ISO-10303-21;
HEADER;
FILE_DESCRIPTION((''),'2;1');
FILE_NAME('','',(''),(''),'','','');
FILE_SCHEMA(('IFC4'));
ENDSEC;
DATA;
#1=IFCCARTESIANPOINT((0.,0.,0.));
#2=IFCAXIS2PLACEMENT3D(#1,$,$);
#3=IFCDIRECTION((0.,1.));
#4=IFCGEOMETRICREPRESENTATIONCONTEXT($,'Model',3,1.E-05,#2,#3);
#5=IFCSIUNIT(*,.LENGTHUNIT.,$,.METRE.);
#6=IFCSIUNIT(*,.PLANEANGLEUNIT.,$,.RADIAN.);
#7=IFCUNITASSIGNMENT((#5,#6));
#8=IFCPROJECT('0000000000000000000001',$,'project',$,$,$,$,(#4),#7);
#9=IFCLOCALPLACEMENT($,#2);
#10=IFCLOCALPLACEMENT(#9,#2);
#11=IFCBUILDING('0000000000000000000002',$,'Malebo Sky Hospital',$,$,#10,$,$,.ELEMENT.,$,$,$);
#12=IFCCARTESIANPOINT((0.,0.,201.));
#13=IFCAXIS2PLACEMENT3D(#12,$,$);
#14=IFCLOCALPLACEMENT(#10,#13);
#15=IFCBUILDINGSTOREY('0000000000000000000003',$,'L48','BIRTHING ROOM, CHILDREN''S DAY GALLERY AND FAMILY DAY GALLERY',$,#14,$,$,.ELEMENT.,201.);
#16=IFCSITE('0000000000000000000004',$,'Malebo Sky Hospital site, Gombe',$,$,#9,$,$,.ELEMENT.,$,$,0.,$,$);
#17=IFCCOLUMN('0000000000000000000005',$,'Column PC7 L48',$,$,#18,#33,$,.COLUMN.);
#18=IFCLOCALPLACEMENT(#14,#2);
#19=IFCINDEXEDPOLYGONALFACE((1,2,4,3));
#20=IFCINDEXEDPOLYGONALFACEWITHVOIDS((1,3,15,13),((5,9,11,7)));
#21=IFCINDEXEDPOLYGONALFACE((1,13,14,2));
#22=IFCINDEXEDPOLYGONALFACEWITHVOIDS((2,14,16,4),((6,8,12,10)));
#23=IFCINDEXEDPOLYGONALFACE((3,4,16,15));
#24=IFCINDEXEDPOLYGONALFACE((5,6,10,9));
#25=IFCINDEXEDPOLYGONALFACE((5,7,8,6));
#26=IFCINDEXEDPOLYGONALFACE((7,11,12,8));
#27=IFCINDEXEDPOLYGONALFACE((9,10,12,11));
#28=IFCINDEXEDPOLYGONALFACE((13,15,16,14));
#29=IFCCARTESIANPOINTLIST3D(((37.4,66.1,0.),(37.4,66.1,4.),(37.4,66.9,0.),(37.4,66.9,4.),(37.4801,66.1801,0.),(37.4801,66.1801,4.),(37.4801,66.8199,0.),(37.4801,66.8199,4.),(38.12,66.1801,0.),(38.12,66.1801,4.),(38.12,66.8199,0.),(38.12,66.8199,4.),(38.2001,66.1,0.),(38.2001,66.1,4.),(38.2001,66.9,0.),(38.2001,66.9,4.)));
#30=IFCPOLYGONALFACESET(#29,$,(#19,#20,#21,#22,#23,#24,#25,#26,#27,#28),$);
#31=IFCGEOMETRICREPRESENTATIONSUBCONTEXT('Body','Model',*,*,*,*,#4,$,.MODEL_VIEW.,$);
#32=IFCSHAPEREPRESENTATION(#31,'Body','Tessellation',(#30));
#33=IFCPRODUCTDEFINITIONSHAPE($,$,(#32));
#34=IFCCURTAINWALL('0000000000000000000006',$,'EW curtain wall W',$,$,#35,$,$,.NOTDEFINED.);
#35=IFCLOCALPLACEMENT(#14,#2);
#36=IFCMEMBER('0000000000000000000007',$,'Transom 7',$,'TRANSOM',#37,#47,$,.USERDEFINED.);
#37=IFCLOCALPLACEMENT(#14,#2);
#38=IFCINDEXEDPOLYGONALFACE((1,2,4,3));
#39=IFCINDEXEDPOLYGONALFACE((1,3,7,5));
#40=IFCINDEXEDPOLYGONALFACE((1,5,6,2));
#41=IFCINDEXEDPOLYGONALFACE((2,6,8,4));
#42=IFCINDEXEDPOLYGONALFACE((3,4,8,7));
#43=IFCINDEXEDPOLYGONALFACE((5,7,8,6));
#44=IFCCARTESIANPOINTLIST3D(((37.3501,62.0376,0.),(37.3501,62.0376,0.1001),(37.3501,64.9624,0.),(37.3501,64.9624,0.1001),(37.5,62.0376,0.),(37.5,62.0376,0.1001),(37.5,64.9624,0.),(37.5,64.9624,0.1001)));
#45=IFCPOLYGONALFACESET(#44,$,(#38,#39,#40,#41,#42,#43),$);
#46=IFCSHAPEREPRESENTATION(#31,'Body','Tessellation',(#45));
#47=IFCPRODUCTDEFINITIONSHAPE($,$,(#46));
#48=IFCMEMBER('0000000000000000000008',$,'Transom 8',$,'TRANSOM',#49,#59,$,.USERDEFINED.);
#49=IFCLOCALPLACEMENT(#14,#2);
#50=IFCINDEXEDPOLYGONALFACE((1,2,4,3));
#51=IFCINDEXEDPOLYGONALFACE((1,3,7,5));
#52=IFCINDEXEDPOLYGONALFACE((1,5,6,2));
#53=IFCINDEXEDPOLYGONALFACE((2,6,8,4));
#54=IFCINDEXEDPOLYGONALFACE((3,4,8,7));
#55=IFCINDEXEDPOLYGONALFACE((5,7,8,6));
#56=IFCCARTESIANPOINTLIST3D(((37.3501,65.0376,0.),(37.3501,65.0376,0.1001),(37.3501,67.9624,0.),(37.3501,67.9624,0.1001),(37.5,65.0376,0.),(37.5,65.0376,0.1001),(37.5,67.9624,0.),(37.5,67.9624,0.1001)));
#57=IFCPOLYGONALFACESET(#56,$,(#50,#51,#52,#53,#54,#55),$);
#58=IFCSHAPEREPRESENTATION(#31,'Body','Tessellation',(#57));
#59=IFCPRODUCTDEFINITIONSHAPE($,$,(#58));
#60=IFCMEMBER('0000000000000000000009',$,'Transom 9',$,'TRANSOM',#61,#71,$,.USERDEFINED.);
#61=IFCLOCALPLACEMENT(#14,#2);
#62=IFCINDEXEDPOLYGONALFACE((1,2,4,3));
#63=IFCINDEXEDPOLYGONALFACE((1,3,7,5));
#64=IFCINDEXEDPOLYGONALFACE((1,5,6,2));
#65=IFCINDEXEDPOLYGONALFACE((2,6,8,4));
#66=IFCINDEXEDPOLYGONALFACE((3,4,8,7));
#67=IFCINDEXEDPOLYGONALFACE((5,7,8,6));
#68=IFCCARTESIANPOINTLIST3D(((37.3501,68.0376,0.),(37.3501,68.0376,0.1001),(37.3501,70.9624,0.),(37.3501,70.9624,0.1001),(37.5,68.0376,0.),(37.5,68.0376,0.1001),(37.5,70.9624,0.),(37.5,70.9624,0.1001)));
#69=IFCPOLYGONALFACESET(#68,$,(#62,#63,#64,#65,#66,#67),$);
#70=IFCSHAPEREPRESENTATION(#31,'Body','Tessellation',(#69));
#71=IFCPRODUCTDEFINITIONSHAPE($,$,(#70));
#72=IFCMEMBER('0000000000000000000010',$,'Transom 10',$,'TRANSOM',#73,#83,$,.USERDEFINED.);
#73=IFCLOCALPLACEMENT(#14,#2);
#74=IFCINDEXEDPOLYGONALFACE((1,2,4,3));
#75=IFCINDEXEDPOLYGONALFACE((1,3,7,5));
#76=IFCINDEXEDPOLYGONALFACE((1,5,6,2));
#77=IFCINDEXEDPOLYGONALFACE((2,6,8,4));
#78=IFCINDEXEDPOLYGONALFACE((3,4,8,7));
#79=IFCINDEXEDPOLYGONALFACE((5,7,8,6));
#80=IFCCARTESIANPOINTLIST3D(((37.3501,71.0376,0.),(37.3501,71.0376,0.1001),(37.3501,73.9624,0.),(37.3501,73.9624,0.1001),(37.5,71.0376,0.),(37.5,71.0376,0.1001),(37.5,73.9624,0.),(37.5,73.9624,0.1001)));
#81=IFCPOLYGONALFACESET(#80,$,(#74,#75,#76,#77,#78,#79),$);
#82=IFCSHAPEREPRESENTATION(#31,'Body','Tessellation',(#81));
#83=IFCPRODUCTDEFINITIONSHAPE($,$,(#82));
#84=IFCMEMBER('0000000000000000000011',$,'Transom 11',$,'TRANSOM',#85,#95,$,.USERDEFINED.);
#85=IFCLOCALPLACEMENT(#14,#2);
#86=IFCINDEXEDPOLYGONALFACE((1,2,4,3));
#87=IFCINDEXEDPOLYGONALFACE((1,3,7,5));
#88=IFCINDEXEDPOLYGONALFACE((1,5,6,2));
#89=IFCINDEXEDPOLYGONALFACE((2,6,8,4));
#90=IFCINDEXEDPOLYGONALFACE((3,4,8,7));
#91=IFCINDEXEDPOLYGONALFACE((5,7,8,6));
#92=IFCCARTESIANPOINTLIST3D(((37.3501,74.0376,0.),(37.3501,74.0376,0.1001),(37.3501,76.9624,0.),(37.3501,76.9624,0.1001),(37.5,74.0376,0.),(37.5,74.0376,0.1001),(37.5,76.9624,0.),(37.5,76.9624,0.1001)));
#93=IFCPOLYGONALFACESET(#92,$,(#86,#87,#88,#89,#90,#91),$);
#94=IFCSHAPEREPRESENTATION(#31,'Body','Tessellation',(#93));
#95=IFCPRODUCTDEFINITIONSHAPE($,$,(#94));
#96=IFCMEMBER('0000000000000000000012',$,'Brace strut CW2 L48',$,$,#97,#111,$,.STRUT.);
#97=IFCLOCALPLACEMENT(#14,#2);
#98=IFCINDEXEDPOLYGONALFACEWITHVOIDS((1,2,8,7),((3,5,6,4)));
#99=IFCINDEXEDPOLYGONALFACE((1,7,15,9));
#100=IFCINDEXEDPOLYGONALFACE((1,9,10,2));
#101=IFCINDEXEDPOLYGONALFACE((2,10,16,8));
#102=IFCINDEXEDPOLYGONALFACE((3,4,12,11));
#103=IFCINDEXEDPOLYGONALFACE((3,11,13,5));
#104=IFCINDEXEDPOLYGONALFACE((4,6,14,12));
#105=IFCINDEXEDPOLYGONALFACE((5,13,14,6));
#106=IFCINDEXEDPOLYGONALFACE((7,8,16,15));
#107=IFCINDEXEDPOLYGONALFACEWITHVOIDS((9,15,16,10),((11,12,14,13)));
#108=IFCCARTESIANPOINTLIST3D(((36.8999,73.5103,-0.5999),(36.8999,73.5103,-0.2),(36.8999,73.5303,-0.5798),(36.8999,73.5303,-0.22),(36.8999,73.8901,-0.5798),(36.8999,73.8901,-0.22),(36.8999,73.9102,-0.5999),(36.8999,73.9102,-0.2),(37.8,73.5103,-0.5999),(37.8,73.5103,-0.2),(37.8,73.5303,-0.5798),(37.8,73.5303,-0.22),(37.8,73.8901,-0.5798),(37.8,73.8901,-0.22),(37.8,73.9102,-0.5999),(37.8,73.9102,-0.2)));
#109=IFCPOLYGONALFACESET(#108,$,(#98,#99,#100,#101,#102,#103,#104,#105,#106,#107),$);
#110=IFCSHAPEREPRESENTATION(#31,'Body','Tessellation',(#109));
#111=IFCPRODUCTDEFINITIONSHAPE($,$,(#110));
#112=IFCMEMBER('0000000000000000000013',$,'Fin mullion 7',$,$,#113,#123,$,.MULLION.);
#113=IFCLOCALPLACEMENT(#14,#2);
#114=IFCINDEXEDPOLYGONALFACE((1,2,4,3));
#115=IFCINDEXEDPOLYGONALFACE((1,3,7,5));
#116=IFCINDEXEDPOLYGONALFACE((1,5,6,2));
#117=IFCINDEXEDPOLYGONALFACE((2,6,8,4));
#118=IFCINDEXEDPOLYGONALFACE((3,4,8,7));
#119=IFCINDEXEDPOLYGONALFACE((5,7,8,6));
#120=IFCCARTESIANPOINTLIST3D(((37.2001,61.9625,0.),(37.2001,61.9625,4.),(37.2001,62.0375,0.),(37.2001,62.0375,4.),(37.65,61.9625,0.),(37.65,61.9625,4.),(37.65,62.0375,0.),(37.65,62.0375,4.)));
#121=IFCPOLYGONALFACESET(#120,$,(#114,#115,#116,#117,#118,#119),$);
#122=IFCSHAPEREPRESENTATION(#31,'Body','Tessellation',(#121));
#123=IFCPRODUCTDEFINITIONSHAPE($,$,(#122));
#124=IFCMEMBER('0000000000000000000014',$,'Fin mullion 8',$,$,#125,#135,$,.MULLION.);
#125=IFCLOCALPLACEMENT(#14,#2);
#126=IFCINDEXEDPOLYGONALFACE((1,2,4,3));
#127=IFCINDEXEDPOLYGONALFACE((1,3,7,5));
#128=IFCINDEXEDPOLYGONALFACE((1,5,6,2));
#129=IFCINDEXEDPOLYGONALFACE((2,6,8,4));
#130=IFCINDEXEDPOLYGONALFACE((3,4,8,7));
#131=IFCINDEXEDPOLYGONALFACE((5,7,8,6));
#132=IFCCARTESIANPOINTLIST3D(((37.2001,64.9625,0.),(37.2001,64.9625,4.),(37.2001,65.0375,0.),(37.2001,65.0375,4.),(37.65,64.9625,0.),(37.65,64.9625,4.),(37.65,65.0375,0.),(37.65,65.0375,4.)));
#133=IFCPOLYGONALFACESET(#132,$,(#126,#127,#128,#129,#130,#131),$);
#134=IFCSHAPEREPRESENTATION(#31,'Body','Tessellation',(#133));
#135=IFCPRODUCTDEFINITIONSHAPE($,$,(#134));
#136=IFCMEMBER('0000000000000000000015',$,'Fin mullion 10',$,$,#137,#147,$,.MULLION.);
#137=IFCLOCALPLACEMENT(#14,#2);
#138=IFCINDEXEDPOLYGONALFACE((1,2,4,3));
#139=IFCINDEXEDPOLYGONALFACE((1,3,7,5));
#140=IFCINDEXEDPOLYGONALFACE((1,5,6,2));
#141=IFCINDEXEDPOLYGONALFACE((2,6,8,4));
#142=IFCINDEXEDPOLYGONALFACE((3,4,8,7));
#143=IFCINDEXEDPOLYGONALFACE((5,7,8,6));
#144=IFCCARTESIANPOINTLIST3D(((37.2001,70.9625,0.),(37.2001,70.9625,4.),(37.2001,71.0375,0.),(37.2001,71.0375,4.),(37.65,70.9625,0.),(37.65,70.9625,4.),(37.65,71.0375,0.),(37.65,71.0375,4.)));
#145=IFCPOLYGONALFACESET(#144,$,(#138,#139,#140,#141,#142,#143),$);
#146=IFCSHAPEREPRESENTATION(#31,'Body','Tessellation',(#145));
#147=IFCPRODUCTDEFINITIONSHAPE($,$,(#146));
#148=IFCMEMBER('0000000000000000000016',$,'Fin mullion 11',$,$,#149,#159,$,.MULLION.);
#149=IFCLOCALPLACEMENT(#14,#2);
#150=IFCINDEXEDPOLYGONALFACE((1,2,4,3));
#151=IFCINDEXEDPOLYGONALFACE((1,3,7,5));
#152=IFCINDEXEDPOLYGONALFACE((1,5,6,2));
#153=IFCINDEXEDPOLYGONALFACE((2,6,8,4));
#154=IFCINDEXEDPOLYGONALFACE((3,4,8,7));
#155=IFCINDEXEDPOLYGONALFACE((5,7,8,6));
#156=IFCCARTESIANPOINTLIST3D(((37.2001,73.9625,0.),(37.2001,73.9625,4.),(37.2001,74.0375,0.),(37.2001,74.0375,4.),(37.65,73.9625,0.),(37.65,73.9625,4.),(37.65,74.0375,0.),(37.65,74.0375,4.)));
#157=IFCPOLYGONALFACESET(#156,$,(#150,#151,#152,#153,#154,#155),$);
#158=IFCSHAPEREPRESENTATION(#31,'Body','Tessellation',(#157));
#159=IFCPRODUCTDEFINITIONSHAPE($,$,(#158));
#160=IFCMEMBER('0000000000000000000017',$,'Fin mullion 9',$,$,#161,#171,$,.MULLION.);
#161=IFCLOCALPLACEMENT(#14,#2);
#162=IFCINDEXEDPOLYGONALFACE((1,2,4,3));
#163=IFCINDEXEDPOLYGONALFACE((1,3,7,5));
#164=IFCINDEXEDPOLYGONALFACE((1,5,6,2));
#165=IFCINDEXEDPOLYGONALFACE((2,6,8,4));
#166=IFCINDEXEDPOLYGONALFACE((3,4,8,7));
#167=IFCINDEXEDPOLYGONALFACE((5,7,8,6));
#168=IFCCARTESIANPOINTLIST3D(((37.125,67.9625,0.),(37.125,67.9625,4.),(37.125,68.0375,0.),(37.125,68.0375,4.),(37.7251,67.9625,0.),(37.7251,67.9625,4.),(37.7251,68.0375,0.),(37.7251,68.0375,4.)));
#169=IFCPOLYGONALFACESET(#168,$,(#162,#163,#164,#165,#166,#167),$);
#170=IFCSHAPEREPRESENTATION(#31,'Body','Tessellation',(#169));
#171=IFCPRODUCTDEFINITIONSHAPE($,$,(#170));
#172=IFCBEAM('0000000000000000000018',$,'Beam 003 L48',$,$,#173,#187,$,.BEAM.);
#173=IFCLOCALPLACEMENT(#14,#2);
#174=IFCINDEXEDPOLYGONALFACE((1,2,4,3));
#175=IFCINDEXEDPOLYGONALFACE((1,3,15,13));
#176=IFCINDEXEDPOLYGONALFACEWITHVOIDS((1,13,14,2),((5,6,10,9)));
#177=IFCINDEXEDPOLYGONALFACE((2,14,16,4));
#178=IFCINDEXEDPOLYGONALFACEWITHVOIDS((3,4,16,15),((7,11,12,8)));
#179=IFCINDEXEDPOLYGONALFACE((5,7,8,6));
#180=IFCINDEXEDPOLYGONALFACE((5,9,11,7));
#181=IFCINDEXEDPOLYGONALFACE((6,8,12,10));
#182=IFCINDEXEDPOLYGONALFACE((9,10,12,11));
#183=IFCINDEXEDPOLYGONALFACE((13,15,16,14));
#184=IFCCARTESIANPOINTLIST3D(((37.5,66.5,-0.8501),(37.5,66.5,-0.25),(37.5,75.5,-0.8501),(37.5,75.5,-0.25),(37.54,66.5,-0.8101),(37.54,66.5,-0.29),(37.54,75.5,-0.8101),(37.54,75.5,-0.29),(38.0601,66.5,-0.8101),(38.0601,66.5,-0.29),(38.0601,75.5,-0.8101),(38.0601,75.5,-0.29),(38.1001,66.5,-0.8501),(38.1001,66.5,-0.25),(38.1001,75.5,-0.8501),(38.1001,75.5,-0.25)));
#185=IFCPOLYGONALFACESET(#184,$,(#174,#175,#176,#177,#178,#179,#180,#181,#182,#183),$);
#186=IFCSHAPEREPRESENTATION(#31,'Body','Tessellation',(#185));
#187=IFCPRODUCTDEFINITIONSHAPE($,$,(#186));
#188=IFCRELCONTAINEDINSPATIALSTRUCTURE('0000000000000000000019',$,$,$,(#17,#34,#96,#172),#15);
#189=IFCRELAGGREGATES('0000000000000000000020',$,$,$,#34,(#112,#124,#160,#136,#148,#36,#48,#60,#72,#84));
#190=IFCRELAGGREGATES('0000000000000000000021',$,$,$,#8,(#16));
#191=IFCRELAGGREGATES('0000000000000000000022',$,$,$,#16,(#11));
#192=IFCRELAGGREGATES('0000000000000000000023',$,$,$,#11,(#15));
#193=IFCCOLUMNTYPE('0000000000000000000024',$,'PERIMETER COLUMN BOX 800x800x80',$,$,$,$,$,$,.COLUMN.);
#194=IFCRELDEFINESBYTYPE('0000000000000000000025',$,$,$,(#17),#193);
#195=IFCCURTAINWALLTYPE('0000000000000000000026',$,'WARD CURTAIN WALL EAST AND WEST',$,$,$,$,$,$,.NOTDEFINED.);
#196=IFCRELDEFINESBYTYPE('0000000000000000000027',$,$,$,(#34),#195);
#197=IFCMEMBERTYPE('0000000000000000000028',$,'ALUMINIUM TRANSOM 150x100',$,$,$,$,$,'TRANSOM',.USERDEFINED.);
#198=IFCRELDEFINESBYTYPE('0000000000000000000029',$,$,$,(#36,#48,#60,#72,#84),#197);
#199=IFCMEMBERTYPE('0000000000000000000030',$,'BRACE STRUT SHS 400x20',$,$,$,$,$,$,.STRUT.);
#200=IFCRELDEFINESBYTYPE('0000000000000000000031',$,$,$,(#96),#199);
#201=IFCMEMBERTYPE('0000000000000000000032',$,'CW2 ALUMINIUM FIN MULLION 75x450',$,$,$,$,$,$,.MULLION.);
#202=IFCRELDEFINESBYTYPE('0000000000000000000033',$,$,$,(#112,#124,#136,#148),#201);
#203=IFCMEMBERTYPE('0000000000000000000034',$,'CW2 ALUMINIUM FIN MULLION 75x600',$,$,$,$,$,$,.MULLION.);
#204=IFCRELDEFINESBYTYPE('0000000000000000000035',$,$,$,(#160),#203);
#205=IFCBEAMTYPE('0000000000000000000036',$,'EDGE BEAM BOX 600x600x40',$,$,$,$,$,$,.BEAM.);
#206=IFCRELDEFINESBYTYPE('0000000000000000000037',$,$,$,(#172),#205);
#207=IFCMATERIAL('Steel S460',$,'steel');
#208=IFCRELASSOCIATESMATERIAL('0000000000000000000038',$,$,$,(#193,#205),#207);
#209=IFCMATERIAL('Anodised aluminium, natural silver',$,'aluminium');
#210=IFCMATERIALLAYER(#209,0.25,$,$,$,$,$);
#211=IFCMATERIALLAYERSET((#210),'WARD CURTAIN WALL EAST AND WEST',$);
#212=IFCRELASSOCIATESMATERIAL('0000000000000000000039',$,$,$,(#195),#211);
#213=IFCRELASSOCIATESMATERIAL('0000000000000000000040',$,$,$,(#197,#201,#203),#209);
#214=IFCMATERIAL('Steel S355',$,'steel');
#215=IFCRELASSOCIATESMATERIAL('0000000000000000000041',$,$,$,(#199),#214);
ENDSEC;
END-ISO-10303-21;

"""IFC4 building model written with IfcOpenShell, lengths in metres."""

from ifc_helpers import new_model, si_unit, direction, frame, origin, origin_2d, place, context, subcontext, project, spatial, rectangle, hollow_rectangle, extrude, material, layer, layer_set, material_profile, profile_set, type_object, element, aggregate, save


model = new_model("IFC4")

# Units and contexts
model_context = context("Model", 3, precision=1e-05, world=origin(), true_north=direction((0.0, 1.0)))
body_context = subcontext(model_context, "Body", "Model", "MODEL_VIEW")
ifc_project = project(units=[si_unit("LENGTHUNIT", "METRE"), si_unit("PLANEANGLEUNIT", "RADIAN")], contexts=[model_context])

# Site, building, storey
site_placement = place(None, origin())
site = spatial("IfcSite", under=ifc_project, at=site_placement, Name="Malebo Sky Hospital site, Gombe", CompositionType="ELEMENT", RefElevation=0.0)
building_placement = place(site_placement, origin())
building = spatial("IfcBuilding", under=site, at=building_placement, Name="Malebo Sky Hospital", CompositionType="ELEMENT")
storey_placement = place(building_placement, frame((0.0, 0.0, 201.0)))
storey = spatial("IfcBuildingStorey", under=building, at=storey_placement, Name="L48", Description="BIRTHING ROOM, CHILDREN'S DAY GALLERY AND FAMILY DAY GALLERY", CompositionType="ELEMENT", Elevation=201.0)

# Column
ifc_material_1 = material(Name="Steel S460", Category="steel")
ifc_material_profile_1 = material_profile(ifc_material_1, hollow_rectangle(XDim=0.8, YDim=0.8, WallThickness=0.0801, at=origin_2d()), Name="BOX 800x800x80")
ifc_profile_set_1 = profile_set([ifc_material_profile_1], Name="Steel S460")
column_type = type_object("IfcColumnType", Name="PERIMETER COLUMN BOX 800x800x80", PredefinedType="COLUMN", material=ifc_profile_set_1)
column_placement = place(storey_placement, frame((37.8, 66.5, 0.0), z_axis=(0.0, 0.0, 1.0), x_axis=(1.0, 0.0, 0.0)))
element("IfcColumn", 1, at=column_placement, inside=storey, type_object=column_type, Name="Column PC7 L48", PredefinedType="COLUMN", context=body_context, shape_type="SweptSolid", body=[
    extrude(hollow_rectangle(XDim=0.8, YDim=0.8, WallThickness=0.0801, at=origin_2d()), origin(), (0.0, 0.0, 1.0), 4.0),
])

# Curtain wall, members
ifc_material_2 = material(Name="Anodised aluminium, natural silver", Category="aluminium")
ifc_layer_1 = layer(ifc_material_2, 0.25)
ifc_layer_set_1 = layer_set([ifc_layer_1], Name="WARD CURTAIN WALL EAST AND WEST")
curtain_wall_type = type_object("IfcCurtainWallType", Name="WARD CURTAIN WALL EAST AND WEST", PredefinedType="NOTDEFINED", material=ifc_layer_set_1)
curtain_wall_placement = place(storey_placement, origin())
curtain_wall = element("IfcCurtainWall", 2, at=curtain_wall_placement, inside=storey, type_object=curtain_wall_type, Name="EW curtain wall W", PredefinedType="NOTDEFINED")
ifc_material_profile_2 = material_profile(ifc_material_2, rectangle(XDim=0.1499, YDim=0.1001, at=origin_2d()), Name="ALUMINIUM TRANSOM 150x100")
ifc_profile_set_2 = profile_set([ifc_material_profile_2], Name="Anodised aluminium, natural silver")
member_type_1 = type_object("IfcMemberType", Name="ALUMINIUM TRANSOM 150x100", ElementType="TRANSOM", PredefinedType="USERDEFINED", material=ifc_profile_set_2)
member_1_placement = place(storey_placement, frame((37.425, 62.0376, 0.05), z_axis=(0.0, 1.0, 0.0), x_axis=(-1.0, 0.0, 0.0)))
member_1 = element("IfcMember", 3, at=member_1_placement, type_object=member_type_1, Name="Transom 7", ObjectType="TRANSOM", PredefinedType="USERDEFINED", context=body_context, shape_type="SweptSolid", body=[
    extrude(rectangle(XDim=0.1499, YDim=0.1001, at=origin_2d()), origin(), (0.0, 0.0, 1.0), 2.9248),
])
member_2_placement = place(storey_placement, frame((37.425, 65.0376, 0.05), z_axis=(0.0, 1.0, 0.0), x_axis=(-1.0, 0.0, 0.0)))
member_2 = element("IfcMember", 4, at=member_2_placement, type_object=member_type_1, Name="Transom 8", ObjectType="TRANSOM", PredefinedType="USERDEFINED", context=body_context, shape_type="SweptSolid", body=[
    extrude(rectangle(XDim=0.1499, YDim=0.1001, at=origin_2d()), origin(), (0.0, 0.0, 1.0), 2.9248),
])
member_3_placement = place(storey_placement, frame((37.425, 68.0376, 0.05), z_axis=(0.0, 1.0, 0.0), x_axis=(-1.0, 0.0, 0.0)))
member_3 = element("IfcMember", 5, at=member_3_placement, type_object=member_type_1, Name="Transom 9", ObjectType="TRANSOM", PredefinedType="USERDEFINED", context=body_context, shape_type="SweptSolid", body=[
    extrude(rectangle(XDim=0.1499, YDim=0.1001, at=origin_2d()), origin(), (0.0, 0.0, 1.0), 2.9248),
])
member_4_placement = place(storey_placement, frame((37.425, 71.0376, 0.05), z_axis=(0.0, 1.0, 0.0), x_axis=(-1.0, 0.0, 0.0)))
member_4 = element("IfcMember", 6, at=member_4_placement, type_object=member_type_1, Name="Transom 10", ObjectType="TRANSOM", PredefinedType="USERDEFINED", context=body_context, shape_type="SweptSolid", body=[
    extrude(rectangle(XDim=0.1499, YDim=0.1001, at=origin_2d()), origin(), (0.0, 0.0, 1.0), 2.9248),
])
member_5_placement = place(storey_placement, frame((37.425, 74.0376, 0.05), z_axis=(0.0, 1.0, 0.0), x_axis=(-1.0, 0.0, 0.0)))
member_5 = element("IfcMember", 7, at=member_5_placement, type_object=member_type_1, Name="Transom 11", ObjectType="TRANSOM", PredefinedType="USERDEFINED", context=body_context, shape_type="SweptSolid", body=[
    extrude(rectangle(XDim=0.1499, YDim=0.1001, at=origin_2d()), origin(), (0.0, 0.0, 1.0), 2.9248),
])

# Members
ifc_material_3 = material(Name="Steel S355", Category="steel")
ifc_material_profile_3 = material_profile(ifc_material_3, hollow_rectangle(XDim=0.3999, YDim=0.3999, WallThickness=0.02, at=origin_2d()), Name="SHS 400x20")
ifc_profile_set_3 = profile_set([ifc_material_profile_3], Name="Steel S355")
member_type_2 = type_object("IfcMemberType", Name="BRACE STRUT SHS 400x20", PredefinedType="STRUT", material=ifc_profile_set_3)
member_6_placement = place(storey_placement, frame((36.8999, 73.7102, -0.3999), z_axis=(1.0, 0.0, 0.0), x_axis=(0.0, 1.0, 0.0)))
element("IfcMember", 8, at=member_6_placement, inside=storey, type_object=member_type_2, Name="Brace strut CW2 L48", PredefinedType="STRUT", context=body_context, shape_type="SweptSolid", body=[
    extrude(hollow_rectangle(XDim=0.3999, YDim=0.3999, WallThickness=0.02, at=origin_2d()), origin(), (0.0, 0.0, 1.0), 0.9001),
])
ifc_material_profile_4 = material_profile(ifc_material_2, rectangle(XDim=0.075, YDim=0.45, at=origin_2d()), Name="CW2 ALUMINIUM FIN MULLION 75x450")
ifc_profile_set_4 = profile_set([ifc_material_profile_4], Name="Anodised aluminium, natural silver")
member_type_3 = type_object("IfcMemberType", Name="CW2 ALUMINIUM FIN MULLION 75x450", PredefinedType="MULLION", material=ifc_profile_set_4)
member_7_placement = place(storey_placement, frame((37.425, 62.0, 0.0), z_axis=(0.0, 0.0, 1.0), x_axis=(0.0, 1.0, 0.0)))
member_7 = element("IfcMember", 9, at=member_7_placement, type_object=member_type_3, Name="Fin mullion 7", PredefinedType="MULLION", context=body_context, shape_type="SweptSolid", body=[
    extrude(rectangle(XDim=0.075, YDim=0.45, at=origin_2d()), origin(), (0.0, 0.0, 1.0), 4.0),
])
member_8_placement = place(storey_placement, frame((37.425, 65.0, 0.0), z_axis=(0.0, 0.0, 1.0), x_axis=(0.0, 1.0, 0.0)))
member_8 = element("IfcMember", 10, at=member_8_placement, type_object=member_type_3, Name="Fin mullion 8", PredefinedType="MULLION", context=body_context, shape_type="SweptSolid", body=[
    extrude(rectangle(XDim=0.075, YDim=0.45, at=origin_2d()), origin(), (0.0, 0.0, 1.0), 4.0),
])
member_9_placement = place(storey_placement, frame((37.425, 71.0, 0.0), z_axis=(0.0, 0.0, 1.0), x_axis=(0.0, 1.0, 0.0)))
member_9 = element("IfcMember", 11, at=member_9_placement, type_object=member_type_3, Name="Fin mullion 10", PredefinedType="MULLION", context=body_context, shape_type="SweptSolid", body=[
    extrude(rectangle(XDim=0.075, YDim=0.45, at=origin_2d()), origin(), (0.0, 0.0, 1.0), 4.0),
])
member_10_placement = place(storey_placement, frame((37.425, 74.0, 0.0), z_axis=(0.0, 0.0, 1.0), x_axis=(0.0, 1.0, 0.0)))
member_10 = element("IfcMember", 12, at=member_10_placement, type_object=member_type_3, Name="Fin mullion 11", PredefinedType="MULLION", context=body_context, shape_type="SweptSolid", body=[
    extrude(rectangle(XDim=0.075, YDim=0.45, at=origin_2d()), origin(), (0.0, 0.0, 1.0), 4.0),
])
ifc_material_profile_5 = material_profile(ifc_material_2, rectangle(XDim=0.075, YDim=0.6001, at=origin_2d()), Name="CW2 ALUMINIUM FIN MULLION 75x600")
ifc_profile_set_5 = profile_set([ifc_material_profile_5], Name="Anodised aluminium, natural silver")
member_type_4 = type_object("IfcMemberType", Name="CW2 ALUMINIUM FIN MULLION 75x600", PredefinedType="MULLION", material=ifc_profile_set_5)
member_11_placement = place(storey_placement, frame((37.425, 68.0, 0.0), z_axis=(0.0, 0.0, 1.0), x_axis=(0.0, 1.0, 0.0)))
member_11 = element("IfcMember", 13, at=member_11_placement, type_object=member_type_4, Name="Fin mullion 9", PredefinedType="MULLION", context=body_context, shape_type="SweptSolid", body=[
    extrude(rectangle(XDim=0.075, YDim=0.6001, at=origin_2d()), origin(), (0.0, 0.0, 1.0), 4.0),
])

# Beam
ifc_material_profile_6 = material_profile(ifc_material_1, hollow_rectangle(XDim=0.6001, YDim=0.6001, WallThickness=0.04, at=origin_2d()), Name="BOX 600x600x40")
ifc_profile_set_6 = profile_set([ifc_material_profile_6], Name="Steel S460")
beam_type_1 = type_object("IfcBeamType", Name="EDGE BEAM BOX 600x600x40", PredefinedType="BEAM", material=ifc_profile_set_6)
beam_1_placement = place(storey_placement, frame((37.8, 66.5, -0.55), z_axis=(0.0, 1.0, 0.0), x_axis=(-1.0, 0.0, 0.0)))
element("IfcBeam", 14, at=beam_1_placement, inside=storey, type_object=beam_type_1, Name="Beam 003 L48", PredefinedType="BEAM", context=body_context, shape_type="SweptSolid", body=[
    extrude(hollow_rectangle(XDim=0.6001, YDim=0.6001, WallThickness=0.04, at=origin_2d()), origin(), (0.0, 0.0, 1.0), 9.0),
])

aggregate(curtain_wall, [member_7, member_8, member_11, member_9, member_10, member_1, member_2, member_3, member_4, member_5])

save(model, "model.ifc")
